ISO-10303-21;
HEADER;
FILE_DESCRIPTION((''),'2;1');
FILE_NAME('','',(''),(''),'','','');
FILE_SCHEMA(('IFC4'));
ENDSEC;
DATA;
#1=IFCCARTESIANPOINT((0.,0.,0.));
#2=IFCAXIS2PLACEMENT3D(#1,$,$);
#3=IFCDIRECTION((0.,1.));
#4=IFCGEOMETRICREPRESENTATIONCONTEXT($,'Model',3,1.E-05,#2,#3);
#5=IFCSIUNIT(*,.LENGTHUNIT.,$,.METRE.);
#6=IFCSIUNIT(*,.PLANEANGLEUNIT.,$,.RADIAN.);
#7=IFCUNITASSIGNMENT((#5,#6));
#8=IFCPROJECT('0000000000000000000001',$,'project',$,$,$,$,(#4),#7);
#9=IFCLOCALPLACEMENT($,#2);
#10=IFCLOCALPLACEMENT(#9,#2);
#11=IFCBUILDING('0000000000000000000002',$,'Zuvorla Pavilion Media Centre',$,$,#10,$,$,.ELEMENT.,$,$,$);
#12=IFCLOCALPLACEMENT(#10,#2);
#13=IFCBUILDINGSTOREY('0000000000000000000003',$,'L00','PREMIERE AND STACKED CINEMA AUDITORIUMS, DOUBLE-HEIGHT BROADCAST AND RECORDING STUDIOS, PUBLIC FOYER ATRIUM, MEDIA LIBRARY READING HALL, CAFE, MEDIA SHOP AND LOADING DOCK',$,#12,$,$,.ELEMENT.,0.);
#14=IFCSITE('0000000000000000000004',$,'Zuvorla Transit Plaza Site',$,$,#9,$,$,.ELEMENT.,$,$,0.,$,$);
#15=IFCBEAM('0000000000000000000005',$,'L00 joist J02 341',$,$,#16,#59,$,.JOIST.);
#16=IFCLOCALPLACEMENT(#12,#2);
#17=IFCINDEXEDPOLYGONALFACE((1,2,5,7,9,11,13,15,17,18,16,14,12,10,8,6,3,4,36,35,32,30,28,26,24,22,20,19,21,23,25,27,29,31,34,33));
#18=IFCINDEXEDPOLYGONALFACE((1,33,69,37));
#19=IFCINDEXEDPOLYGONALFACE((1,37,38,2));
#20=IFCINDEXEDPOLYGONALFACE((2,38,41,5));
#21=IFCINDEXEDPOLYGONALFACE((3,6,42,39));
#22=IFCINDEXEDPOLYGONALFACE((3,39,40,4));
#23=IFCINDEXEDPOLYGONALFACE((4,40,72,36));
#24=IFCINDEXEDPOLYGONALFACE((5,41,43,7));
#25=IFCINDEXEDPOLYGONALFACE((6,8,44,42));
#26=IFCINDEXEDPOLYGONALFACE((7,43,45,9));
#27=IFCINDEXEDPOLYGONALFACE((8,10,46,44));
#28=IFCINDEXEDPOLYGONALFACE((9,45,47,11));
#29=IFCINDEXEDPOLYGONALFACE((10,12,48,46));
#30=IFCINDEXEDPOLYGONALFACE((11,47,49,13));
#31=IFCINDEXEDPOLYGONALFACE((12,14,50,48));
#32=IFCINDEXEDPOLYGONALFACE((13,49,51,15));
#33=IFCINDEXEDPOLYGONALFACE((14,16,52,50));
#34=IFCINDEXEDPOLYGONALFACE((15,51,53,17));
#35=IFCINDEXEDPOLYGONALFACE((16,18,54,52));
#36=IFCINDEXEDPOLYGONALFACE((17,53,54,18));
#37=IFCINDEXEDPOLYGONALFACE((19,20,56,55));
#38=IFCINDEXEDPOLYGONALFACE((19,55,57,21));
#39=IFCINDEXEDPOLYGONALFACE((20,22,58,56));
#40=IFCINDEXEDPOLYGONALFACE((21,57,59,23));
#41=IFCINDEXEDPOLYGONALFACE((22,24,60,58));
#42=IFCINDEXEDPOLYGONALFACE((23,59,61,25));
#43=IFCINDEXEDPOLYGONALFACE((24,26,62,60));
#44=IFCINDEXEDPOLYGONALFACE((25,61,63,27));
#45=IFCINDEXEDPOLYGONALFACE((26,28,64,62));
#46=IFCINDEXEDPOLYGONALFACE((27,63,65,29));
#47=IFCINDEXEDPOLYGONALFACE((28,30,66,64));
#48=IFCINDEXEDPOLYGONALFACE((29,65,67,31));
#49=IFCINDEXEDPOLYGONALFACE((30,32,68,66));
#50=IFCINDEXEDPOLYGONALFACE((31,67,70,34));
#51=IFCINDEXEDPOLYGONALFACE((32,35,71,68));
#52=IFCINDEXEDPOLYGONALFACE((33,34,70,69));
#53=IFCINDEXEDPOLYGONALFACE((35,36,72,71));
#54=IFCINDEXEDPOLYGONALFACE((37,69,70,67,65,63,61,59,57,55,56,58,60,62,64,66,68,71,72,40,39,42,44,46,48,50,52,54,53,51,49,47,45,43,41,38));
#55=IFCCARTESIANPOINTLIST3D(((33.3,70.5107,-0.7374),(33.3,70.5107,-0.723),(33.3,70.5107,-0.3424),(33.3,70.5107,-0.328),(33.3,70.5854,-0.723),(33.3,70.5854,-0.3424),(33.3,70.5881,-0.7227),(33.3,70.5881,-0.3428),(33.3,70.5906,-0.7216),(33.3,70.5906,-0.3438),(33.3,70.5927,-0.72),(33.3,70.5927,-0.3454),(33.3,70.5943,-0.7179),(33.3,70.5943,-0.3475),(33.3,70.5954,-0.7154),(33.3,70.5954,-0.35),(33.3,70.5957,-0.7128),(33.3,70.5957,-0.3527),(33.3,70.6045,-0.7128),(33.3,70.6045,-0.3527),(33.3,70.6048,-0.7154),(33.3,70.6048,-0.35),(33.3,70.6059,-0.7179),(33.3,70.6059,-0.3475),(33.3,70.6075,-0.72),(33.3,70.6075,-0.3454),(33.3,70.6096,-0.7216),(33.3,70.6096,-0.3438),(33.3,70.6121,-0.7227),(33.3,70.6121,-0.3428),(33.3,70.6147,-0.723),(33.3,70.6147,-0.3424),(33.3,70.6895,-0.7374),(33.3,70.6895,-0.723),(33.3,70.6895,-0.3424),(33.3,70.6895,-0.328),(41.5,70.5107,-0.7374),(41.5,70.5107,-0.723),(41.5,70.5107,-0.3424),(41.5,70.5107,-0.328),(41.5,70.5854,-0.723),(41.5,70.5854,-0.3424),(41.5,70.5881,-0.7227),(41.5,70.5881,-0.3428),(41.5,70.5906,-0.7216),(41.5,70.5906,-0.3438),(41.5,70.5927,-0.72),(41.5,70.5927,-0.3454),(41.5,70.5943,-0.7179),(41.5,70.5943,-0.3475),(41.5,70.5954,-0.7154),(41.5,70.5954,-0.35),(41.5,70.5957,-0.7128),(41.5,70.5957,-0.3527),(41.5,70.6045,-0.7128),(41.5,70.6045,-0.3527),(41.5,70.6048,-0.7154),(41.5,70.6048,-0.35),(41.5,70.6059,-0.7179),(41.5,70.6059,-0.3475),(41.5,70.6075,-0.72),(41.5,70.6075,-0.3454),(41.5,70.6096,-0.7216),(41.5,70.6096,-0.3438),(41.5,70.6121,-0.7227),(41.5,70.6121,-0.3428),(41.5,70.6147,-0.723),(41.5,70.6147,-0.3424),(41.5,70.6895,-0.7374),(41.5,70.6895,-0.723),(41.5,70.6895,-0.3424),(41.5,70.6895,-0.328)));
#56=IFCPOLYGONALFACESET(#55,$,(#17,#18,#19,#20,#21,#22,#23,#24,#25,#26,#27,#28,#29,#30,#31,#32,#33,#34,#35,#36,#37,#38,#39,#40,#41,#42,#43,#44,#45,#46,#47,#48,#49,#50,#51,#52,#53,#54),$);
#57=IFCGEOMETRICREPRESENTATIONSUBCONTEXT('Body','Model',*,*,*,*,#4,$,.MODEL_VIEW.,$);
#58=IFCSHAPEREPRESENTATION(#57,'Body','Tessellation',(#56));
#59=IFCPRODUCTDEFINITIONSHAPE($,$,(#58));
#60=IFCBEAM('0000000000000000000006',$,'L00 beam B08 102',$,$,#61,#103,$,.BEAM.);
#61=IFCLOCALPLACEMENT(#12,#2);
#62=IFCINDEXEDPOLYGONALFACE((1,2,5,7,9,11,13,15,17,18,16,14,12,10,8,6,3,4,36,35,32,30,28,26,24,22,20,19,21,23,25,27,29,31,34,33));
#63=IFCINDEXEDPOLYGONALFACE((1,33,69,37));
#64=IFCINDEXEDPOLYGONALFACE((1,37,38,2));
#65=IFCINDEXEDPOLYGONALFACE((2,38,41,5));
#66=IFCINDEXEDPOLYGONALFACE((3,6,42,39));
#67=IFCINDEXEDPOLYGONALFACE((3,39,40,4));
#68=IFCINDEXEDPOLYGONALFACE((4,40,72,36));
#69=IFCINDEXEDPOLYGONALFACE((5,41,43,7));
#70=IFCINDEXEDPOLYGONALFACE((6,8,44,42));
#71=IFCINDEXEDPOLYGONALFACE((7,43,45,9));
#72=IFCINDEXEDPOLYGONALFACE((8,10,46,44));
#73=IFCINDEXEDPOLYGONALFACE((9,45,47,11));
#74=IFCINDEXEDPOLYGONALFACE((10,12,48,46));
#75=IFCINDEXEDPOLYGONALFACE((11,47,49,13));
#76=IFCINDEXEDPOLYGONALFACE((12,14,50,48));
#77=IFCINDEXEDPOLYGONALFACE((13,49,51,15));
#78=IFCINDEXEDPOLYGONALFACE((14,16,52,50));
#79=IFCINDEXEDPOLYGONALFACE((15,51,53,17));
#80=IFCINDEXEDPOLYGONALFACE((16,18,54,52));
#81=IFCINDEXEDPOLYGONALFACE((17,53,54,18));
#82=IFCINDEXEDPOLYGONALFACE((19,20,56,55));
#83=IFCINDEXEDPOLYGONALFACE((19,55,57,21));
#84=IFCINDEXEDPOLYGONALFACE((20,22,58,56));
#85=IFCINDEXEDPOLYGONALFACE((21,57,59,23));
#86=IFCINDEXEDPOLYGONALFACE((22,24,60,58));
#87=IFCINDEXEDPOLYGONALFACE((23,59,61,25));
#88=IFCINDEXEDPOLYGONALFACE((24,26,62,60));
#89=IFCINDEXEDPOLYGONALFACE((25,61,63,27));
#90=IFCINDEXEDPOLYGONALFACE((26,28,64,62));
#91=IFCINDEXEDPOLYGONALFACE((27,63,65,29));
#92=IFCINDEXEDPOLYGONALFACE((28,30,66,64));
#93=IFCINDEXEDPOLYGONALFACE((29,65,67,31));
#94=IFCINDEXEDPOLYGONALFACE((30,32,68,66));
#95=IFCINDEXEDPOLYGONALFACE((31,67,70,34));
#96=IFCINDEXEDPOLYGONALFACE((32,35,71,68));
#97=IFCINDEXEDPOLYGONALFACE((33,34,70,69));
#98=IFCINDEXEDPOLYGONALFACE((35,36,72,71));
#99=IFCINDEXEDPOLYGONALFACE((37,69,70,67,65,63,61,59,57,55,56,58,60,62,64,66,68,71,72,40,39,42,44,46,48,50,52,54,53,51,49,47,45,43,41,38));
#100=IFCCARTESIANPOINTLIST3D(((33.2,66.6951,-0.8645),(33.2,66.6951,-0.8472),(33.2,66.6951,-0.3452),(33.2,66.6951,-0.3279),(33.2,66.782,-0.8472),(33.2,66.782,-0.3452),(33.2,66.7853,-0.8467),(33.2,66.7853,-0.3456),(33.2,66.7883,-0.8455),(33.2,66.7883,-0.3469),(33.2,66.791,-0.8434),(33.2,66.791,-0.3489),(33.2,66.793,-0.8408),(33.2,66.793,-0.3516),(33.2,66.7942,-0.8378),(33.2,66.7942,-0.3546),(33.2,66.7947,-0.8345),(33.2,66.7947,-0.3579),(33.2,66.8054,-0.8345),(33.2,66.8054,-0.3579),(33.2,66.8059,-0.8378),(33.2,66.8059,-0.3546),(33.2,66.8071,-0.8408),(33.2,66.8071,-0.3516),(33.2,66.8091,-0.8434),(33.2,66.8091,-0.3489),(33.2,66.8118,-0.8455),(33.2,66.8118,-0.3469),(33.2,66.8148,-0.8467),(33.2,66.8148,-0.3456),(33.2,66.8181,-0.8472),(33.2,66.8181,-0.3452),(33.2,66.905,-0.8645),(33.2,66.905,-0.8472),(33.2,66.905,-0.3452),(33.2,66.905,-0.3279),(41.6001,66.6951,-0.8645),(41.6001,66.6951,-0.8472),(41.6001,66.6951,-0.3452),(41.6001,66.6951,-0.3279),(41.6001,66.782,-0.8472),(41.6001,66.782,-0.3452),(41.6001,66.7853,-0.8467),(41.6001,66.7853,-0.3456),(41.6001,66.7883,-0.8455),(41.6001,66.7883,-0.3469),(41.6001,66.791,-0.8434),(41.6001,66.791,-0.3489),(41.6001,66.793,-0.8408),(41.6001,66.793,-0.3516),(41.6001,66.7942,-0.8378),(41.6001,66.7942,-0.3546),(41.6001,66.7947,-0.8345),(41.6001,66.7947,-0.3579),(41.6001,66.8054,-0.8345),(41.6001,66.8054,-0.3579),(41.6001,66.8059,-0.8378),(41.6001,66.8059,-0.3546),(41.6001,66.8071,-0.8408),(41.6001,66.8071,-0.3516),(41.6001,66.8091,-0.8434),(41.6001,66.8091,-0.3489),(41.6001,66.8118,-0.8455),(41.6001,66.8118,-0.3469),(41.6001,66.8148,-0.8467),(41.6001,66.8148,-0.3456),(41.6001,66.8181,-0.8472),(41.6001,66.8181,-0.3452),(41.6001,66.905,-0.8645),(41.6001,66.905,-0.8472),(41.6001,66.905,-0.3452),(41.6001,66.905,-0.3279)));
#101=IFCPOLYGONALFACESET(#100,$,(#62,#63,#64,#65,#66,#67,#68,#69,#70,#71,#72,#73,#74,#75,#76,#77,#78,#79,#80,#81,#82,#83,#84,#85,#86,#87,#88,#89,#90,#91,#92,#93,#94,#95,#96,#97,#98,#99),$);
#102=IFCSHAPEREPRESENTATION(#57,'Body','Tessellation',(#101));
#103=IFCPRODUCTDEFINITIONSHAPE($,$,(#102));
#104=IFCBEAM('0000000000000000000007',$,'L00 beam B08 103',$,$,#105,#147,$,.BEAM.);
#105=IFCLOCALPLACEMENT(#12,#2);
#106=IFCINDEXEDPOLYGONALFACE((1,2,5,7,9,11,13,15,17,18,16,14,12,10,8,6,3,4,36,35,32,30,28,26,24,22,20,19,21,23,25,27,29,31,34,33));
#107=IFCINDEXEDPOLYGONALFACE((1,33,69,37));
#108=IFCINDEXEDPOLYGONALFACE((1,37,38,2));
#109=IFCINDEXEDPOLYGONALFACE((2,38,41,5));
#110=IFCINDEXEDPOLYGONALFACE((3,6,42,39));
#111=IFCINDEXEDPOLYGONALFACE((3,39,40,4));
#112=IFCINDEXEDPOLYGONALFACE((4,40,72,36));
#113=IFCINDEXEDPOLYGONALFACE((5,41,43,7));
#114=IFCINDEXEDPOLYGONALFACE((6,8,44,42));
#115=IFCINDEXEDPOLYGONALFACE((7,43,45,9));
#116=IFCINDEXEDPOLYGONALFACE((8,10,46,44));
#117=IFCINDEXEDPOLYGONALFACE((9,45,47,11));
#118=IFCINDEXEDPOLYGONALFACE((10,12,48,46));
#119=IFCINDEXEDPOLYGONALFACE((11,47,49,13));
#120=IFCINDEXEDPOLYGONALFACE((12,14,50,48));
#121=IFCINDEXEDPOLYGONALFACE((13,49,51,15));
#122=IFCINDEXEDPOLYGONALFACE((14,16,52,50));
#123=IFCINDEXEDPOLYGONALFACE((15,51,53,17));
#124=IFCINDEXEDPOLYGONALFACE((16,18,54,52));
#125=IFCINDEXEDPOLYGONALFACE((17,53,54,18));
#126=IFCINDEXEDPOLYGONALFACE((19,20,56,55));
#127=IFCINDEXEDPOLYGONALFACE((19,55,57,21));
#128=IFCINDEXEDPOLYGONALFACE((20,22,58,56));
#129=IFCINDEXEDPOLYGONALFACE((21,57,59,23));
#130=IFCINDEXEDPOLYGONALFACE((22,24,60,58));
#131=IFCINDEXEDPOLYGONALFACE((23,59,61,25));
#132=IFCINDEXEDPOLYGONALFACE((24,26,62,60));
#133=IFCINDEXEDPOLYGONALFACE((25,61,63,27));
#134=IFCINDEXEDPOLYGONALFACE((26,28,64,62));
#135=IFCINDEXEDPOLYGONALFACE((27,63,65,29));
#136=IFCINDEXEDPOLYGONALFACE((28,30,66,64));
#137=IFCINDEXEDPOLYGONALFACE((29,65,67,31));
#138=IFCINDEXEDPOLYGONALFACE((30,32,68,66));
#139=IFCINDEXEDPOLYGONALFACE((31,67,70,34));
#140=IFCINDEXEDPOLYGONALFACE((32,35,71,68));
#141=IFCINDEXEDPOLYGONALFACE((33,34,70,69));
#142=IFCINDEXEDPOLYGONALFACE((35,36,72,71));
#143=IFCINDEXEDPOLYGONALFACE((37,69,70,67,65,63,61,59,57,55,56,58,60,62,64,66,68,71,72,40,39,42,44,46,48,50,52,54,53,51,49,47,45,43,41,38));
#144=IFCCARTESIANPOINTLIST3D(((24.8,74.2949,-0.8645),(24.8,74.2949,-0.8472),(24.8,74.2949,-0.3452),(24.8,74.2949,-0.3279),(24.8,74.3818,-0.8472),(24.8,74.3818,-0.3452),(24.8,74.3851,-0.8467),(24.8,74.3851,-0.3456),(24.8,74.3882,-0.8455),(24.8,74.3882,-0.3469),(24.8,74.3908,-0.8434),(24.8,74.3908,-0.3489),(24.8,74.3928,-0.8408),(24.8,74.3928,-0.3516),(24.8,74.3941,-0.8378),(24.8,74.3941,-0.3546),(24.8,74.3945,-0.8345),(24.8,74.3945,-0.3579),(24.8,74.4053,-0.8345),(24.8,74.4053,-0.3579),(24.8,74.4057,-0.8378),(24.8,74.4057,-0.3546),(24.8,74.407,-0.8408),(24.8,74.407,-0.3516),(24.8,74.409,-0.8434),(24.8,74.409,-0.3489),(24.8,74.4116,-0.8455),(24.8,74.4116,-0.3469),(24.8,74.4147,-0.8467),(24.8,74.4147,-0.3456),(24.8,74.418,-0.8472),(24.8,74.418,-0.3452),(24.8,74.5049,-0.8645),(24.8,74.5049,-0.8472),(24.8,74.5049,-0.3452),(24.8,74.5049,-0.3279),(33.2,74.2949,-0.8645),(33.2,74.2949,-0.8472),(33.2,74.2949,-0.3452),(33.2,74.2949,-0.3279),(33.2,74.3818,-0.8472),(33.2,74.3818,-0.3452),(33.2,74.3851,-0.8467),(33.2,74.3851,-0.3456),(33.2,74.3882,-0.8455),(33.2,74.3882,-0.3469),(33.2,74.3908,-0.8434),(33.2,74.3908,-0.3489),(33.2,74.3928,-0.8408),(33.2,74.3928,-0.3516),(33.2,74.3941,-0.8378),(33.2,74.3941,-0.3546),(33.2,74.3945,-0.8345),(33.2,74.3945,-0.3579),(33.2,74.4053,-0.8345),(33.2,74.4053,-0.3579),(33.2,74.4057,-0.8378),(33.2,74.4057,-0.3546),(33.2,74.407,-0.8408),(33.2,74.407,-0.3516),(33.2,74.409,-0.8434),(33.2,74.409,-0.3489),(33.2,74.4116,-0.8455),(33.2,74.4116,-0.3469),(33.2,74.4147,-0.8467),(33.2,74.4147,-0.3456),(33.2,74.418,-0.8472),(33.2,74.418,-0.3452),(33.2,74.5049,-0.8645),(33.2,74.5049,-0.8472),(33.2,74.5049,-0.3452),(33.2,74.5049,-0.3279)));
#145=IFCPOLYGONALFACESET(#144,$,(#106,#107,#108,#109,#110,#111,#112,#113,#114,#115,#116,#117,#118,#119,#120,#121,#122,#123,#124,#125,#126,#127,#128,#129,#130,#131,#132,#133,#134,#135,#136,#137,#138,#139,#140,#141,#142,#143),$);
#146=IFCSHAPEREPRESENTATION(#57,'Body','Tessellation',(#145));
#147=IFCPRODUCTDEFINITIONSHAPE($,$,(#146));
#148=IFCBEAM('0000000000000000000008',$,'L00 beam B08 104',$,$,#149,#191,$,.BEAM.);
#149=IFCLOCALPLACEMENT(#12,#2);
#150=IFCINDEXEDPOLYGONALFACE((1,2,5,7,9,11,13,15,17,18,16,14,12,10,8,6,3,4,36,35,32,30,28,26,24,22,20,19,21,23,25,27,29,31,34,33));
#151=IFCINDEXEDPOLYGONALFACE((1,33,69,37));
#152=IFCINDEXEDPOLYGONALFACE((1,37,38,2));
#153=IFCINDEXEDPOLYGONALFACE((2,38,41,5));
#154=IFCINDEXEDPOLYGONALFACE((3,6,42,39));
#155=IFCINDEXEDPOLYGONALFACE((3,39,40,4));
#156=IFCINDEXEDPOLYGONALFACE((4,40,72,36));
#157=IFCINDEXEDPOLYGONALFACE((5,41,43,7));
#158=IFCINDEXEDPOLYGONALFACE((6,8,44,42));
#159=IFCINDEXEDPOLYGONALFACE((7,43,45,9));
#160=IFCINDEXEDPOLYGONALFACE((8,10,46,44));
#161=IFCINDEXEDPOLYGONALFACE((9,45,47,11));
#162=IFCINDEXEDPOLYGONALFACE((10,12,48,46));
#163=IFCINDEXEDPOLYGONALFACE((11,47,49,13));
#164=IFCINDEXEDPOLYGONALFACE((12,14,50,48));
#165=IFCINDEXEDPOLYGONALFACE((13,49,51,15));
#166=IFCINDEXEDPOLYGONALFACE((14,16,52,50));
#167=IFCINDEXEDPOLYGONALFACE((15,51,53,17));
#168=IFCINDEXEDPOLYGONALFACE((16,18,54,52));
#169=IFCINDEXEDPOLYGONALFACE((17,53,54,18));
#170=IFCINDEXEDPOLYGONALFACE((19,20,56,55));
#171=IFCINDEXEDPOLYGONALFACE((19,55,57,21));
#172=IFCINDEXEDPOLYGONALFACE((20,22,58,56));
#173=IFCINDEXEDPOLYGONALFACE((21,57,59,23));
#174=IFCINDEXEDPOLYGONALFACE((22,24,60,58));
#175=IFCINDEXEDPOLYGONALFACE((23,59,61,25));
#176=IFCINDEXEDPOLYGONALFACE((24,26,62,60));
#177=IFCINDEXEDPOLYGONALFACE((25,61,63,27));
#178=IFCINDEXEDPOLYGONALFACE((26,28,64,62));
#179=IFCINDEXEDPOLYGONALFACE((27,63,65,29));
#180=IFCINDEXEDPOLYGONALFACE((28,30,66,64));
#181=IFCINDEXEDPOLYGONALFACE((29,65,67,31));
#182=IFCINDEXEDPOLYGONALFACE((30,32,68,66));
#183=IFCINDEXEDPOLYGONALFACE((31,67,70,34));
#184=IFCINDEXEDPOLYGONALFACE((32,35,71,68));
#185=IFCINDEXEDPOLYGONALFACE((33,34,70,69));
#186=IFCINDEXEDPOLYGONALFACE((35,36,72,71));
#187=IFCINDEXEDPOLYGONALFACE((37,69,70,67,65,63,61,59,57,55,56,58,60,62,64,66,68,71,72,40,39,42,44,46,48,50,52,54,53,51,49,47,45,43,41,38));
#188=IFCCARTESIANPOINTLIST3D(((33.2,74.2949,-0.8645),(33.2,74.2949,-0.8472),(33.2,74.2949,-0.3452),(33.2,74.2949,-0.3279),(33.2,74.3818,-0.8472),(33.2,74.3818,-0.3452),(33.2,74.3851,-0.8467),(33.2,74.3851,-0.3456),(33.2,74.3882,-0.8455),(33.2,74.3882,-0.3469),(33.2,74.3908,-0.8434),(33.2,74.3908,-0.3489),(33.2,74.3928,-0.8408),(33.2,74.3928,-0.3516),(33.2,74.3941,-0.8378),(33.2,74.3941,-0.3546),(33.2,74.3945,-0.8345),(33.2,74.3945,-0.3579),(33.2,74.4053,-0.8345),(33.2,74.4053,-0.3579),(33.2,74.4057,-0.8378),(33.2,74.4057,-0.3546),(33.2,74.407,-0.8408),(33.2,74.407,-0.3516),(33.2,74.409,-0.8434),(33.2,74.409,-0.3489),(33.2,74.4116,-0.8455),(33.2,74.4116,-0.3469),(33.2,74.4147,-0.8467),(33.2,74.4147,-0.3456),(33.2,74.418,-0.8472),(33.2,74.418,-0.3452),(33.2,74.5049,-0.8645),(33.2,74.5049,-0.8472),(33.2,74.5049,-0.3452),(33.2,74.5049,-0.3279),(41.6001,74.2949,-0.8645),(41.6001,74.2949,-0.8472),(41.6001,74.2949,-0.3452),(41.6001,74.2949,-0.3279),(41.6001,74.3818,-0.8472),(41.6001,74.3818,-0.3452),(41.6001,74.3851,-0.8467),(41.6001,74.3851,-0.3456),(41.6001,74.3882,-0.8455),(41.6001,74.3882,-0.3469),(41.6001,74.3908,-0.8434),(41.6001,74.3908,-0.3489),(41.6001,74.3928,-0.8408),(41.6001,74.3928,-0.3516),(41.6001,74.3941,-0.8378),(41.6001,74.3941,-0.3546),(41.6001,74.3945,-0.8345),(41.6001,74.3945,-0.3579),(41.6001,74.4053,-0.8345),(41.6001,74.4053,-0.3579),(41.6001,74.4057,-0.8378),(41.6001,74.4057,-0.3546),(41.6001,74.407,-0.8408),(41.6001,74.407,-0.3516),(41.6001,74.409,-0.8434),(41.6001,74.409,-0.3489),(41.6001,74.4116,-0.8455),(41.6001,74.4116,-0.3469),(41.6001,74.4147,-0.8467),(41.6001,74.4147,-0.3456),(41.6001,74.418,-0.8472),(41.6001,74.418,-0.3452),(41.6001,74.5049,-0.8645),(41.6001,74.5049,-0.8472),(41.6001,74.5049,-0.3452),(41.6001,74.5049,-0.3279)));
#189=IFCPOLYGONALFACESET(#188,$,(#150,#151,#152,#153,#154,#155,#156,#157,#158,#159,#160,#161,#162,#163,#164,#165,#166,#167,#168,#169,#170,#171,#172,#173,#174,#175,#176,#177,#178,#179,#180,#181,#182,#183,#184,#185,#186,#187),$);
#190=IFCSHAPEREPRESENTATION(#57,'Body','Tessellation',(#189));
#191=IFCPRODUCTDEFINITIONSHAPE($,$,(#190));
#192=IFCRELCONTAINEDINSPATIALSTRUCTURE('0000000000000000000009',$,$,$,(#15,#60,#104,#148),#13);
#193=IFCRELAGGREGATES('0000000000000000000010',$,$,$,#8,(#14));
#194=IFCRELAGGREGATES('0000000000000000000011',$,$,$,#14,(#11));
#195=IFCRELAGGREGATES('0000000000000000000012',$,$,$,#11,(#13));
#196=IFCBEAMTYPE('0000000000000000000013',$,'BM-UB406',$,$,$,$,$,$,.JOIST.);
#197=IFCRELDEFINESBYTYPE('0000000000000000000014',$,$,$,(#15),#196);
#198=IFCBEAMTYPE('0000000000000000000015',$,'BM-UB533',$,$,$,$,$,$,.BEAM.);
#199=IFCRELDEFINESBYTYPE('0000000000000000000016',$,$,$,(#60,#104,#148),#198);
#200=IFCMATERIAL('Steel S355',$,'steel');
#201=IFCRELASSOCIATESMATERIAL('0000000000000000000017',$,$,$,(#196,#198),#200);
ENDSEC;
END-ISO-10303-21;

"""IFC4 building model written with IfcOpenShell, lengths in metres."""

from ifc_helpers import new_model, si_unit, direction, frame, origin, origin_2d, place, context, subcontext, project, spatial, i_section, extrude, material, material_profile, profile_set, type_object, element, save


model = new_model("IFC4")

# Units and contexts
model_context = context("Model", 3, precision=1e-05, world=origin(), true_north=direction((0.0, 1.0)))
body_context = subcontext(model_context, "Body", "Model", "MODEL_VIEW")
ifc_project = project(units=[si_unit("LENGTHUNIT", "METRE"), si_unit("PLANEANGLEUNIT", "RADIAN")], contexts=[model_context])

# Site, building, storey
site_placement = place(None, origin())
site = spatial("IfcSite", under=ifc_project, at=site_placement, Name="Zuvorla Transit Plaza Site", CompositionType="ELEMENT", RefElevation=0.0)
building_placement = place(site_placement, origin())
building = spatial("IfcBuilding", under=site, at=building_placement, Name="Zuvorla Pavilion Media Centre", CompositionType="ELEMENT")
storey_placement = place(building_placement, origin())
storey = spatial("IfcBuildingStorey", under=building, at=storey_placement, Name="L00", Description="PREMIERE AND STACKED CINEMA AUDITORIUMS, DOUBLE-HEIGHT BROADCAST AND RECORDING STUDIOS, PUBLIC FOYER ATRIUM, MEDIA LIBRARY READING HALL, CAFE, MEDIA SHOP AND LOADING DOCK", CompositionType="ELEMENT", Elevation=0.0)

# Beams
ifc_material_1 = material(Name="Steel S355", Category="steel")
ifc_material_profile_1 = material_profile(ifc_material_1, i_section(OverallWidth=0.1787, OverallDepth=0.4094, WebThickness=0.0088, FlangeThickness=0.0144, FilletRadius=0.0103, at=origin_2d()), Name="UB 406x178x67")
ifc_profile_set_1 = profile_set([ifc_material_profile_1], Name="Steel S355")
beam_type_1 = type_object("IfcBeamType", Name="BM-UB406", PredefinedType="JOIST", material=ifc_profile_set_1)
for number, where, z_axis, x_axis, name in (
    (1, (33.3, 70.6001, -0.5327), (1.0, 0.0, 0.0), (0.0, 1.0, 0.0), "L00 joist J02 341"),
):
    element("IfcBeam", number, at=place(storey_placement, frame(where, z_axis=z_axis, x_axis=x_axis)), inside=storey, type_object=beam_type_1, Name=name, PredefinedType="JOIST", context=body_context, shape_type="SweptSolid", body=[
        extrude(i_section(OverallWidth=0.1787, OverallDepth=0.4094, WebThickness=0.0088, FlangeThickness=0.0144, FilletRadius=0.0103, at=origin_2d()), origin(), (0.0, 0.0, 1.0), 8.2),
    ])
ifc_material_profile_2 = material_profile(ifc_material_1, i_section(OverallWidth=0.21, OverallDepth=0.5366, WebThickness=0.0107, FlangeThickness=0.0173, FilletRadius=0.0127, at=origin_2d()), Name="UB 533x210x101")
ifc_profile_set_2 = profile_set([ifc_material_profile_2], Name="Steel S355")
beam_type_2 = type_object("IfcBeamType", Name="BM-UB533", PredefinedType="BEAM", material=ifc_profile_set_2)
beam_1_placement = place(storey_placement, frame((33.2, 66.8, -0.5962), z_axis=(1.0, 0.0, 0.0), x_axis=(0.0, 1.0, 0.0)))
element("IfcBeam", 2, at=beam_1_placement, inside=storey, type_object=beam_type_2, Name="L00 beam B08 102", PredefinedType="BEAM", context=body_context, shape_type="SweptSolid", body=[
    extrude(i_section(OverallWidth=0.21, OverallDepth=0.5366, WebThickness=0.0107, FlangeThickness=0.0173, FilletRadius=0.0127, at=origin_2d()), origin(), (0.0, 0.0, 1.0), 8.4001),
])
beam_2_placement = place(storey_placement, frame((24.8, 74.3999, -0.5962), z_axis=(1.0, 0.0, 0.0), x_axis=(0.0, 1.0, 0.0)))
element("IfcBeam", 3, at=beam_2_placement, inside=storey, type_object=beam_type_2, Name="L00 beam B08 103", PredefinedType="BEAM", context=body_context, shape_type="SweptSolid", body=[
    extrude(i_section(OverallWidth=0.21, OverallDepth=0.5366, WebThickness=0.0107, FlangeThickness=0.0173, FilletRadius=0.0127, at=origin_2d()), origin(), (0.0, 0.0, 1.0), 8.3999),
])
beam_3_placement = place(storey_placement, frame((33.2, 74.3999, -0.5962), z_axis=(1.0, 0.0, 0.0), x_axis=(0.0, 1.0, 0.0)))
element("IfcBeam", 4, at=beam_3_placement, inside=storey, type_object=beam_type_2, Name="L00 beam B08 104", PredefinedType="BEAM", context=body_context, shape_type="SweptSolid", body=[
    extrude(i_section(OverallWidth=0.21, OverallDepth=0.5366, WebThickness=0.0107, FlangeThickness=0.0173, FilletRadius=0.0127, at=origin_2d()), origin(), (0.0, 0.0, 1.0), 8.4001),
])

save(model, "model.ifc")
